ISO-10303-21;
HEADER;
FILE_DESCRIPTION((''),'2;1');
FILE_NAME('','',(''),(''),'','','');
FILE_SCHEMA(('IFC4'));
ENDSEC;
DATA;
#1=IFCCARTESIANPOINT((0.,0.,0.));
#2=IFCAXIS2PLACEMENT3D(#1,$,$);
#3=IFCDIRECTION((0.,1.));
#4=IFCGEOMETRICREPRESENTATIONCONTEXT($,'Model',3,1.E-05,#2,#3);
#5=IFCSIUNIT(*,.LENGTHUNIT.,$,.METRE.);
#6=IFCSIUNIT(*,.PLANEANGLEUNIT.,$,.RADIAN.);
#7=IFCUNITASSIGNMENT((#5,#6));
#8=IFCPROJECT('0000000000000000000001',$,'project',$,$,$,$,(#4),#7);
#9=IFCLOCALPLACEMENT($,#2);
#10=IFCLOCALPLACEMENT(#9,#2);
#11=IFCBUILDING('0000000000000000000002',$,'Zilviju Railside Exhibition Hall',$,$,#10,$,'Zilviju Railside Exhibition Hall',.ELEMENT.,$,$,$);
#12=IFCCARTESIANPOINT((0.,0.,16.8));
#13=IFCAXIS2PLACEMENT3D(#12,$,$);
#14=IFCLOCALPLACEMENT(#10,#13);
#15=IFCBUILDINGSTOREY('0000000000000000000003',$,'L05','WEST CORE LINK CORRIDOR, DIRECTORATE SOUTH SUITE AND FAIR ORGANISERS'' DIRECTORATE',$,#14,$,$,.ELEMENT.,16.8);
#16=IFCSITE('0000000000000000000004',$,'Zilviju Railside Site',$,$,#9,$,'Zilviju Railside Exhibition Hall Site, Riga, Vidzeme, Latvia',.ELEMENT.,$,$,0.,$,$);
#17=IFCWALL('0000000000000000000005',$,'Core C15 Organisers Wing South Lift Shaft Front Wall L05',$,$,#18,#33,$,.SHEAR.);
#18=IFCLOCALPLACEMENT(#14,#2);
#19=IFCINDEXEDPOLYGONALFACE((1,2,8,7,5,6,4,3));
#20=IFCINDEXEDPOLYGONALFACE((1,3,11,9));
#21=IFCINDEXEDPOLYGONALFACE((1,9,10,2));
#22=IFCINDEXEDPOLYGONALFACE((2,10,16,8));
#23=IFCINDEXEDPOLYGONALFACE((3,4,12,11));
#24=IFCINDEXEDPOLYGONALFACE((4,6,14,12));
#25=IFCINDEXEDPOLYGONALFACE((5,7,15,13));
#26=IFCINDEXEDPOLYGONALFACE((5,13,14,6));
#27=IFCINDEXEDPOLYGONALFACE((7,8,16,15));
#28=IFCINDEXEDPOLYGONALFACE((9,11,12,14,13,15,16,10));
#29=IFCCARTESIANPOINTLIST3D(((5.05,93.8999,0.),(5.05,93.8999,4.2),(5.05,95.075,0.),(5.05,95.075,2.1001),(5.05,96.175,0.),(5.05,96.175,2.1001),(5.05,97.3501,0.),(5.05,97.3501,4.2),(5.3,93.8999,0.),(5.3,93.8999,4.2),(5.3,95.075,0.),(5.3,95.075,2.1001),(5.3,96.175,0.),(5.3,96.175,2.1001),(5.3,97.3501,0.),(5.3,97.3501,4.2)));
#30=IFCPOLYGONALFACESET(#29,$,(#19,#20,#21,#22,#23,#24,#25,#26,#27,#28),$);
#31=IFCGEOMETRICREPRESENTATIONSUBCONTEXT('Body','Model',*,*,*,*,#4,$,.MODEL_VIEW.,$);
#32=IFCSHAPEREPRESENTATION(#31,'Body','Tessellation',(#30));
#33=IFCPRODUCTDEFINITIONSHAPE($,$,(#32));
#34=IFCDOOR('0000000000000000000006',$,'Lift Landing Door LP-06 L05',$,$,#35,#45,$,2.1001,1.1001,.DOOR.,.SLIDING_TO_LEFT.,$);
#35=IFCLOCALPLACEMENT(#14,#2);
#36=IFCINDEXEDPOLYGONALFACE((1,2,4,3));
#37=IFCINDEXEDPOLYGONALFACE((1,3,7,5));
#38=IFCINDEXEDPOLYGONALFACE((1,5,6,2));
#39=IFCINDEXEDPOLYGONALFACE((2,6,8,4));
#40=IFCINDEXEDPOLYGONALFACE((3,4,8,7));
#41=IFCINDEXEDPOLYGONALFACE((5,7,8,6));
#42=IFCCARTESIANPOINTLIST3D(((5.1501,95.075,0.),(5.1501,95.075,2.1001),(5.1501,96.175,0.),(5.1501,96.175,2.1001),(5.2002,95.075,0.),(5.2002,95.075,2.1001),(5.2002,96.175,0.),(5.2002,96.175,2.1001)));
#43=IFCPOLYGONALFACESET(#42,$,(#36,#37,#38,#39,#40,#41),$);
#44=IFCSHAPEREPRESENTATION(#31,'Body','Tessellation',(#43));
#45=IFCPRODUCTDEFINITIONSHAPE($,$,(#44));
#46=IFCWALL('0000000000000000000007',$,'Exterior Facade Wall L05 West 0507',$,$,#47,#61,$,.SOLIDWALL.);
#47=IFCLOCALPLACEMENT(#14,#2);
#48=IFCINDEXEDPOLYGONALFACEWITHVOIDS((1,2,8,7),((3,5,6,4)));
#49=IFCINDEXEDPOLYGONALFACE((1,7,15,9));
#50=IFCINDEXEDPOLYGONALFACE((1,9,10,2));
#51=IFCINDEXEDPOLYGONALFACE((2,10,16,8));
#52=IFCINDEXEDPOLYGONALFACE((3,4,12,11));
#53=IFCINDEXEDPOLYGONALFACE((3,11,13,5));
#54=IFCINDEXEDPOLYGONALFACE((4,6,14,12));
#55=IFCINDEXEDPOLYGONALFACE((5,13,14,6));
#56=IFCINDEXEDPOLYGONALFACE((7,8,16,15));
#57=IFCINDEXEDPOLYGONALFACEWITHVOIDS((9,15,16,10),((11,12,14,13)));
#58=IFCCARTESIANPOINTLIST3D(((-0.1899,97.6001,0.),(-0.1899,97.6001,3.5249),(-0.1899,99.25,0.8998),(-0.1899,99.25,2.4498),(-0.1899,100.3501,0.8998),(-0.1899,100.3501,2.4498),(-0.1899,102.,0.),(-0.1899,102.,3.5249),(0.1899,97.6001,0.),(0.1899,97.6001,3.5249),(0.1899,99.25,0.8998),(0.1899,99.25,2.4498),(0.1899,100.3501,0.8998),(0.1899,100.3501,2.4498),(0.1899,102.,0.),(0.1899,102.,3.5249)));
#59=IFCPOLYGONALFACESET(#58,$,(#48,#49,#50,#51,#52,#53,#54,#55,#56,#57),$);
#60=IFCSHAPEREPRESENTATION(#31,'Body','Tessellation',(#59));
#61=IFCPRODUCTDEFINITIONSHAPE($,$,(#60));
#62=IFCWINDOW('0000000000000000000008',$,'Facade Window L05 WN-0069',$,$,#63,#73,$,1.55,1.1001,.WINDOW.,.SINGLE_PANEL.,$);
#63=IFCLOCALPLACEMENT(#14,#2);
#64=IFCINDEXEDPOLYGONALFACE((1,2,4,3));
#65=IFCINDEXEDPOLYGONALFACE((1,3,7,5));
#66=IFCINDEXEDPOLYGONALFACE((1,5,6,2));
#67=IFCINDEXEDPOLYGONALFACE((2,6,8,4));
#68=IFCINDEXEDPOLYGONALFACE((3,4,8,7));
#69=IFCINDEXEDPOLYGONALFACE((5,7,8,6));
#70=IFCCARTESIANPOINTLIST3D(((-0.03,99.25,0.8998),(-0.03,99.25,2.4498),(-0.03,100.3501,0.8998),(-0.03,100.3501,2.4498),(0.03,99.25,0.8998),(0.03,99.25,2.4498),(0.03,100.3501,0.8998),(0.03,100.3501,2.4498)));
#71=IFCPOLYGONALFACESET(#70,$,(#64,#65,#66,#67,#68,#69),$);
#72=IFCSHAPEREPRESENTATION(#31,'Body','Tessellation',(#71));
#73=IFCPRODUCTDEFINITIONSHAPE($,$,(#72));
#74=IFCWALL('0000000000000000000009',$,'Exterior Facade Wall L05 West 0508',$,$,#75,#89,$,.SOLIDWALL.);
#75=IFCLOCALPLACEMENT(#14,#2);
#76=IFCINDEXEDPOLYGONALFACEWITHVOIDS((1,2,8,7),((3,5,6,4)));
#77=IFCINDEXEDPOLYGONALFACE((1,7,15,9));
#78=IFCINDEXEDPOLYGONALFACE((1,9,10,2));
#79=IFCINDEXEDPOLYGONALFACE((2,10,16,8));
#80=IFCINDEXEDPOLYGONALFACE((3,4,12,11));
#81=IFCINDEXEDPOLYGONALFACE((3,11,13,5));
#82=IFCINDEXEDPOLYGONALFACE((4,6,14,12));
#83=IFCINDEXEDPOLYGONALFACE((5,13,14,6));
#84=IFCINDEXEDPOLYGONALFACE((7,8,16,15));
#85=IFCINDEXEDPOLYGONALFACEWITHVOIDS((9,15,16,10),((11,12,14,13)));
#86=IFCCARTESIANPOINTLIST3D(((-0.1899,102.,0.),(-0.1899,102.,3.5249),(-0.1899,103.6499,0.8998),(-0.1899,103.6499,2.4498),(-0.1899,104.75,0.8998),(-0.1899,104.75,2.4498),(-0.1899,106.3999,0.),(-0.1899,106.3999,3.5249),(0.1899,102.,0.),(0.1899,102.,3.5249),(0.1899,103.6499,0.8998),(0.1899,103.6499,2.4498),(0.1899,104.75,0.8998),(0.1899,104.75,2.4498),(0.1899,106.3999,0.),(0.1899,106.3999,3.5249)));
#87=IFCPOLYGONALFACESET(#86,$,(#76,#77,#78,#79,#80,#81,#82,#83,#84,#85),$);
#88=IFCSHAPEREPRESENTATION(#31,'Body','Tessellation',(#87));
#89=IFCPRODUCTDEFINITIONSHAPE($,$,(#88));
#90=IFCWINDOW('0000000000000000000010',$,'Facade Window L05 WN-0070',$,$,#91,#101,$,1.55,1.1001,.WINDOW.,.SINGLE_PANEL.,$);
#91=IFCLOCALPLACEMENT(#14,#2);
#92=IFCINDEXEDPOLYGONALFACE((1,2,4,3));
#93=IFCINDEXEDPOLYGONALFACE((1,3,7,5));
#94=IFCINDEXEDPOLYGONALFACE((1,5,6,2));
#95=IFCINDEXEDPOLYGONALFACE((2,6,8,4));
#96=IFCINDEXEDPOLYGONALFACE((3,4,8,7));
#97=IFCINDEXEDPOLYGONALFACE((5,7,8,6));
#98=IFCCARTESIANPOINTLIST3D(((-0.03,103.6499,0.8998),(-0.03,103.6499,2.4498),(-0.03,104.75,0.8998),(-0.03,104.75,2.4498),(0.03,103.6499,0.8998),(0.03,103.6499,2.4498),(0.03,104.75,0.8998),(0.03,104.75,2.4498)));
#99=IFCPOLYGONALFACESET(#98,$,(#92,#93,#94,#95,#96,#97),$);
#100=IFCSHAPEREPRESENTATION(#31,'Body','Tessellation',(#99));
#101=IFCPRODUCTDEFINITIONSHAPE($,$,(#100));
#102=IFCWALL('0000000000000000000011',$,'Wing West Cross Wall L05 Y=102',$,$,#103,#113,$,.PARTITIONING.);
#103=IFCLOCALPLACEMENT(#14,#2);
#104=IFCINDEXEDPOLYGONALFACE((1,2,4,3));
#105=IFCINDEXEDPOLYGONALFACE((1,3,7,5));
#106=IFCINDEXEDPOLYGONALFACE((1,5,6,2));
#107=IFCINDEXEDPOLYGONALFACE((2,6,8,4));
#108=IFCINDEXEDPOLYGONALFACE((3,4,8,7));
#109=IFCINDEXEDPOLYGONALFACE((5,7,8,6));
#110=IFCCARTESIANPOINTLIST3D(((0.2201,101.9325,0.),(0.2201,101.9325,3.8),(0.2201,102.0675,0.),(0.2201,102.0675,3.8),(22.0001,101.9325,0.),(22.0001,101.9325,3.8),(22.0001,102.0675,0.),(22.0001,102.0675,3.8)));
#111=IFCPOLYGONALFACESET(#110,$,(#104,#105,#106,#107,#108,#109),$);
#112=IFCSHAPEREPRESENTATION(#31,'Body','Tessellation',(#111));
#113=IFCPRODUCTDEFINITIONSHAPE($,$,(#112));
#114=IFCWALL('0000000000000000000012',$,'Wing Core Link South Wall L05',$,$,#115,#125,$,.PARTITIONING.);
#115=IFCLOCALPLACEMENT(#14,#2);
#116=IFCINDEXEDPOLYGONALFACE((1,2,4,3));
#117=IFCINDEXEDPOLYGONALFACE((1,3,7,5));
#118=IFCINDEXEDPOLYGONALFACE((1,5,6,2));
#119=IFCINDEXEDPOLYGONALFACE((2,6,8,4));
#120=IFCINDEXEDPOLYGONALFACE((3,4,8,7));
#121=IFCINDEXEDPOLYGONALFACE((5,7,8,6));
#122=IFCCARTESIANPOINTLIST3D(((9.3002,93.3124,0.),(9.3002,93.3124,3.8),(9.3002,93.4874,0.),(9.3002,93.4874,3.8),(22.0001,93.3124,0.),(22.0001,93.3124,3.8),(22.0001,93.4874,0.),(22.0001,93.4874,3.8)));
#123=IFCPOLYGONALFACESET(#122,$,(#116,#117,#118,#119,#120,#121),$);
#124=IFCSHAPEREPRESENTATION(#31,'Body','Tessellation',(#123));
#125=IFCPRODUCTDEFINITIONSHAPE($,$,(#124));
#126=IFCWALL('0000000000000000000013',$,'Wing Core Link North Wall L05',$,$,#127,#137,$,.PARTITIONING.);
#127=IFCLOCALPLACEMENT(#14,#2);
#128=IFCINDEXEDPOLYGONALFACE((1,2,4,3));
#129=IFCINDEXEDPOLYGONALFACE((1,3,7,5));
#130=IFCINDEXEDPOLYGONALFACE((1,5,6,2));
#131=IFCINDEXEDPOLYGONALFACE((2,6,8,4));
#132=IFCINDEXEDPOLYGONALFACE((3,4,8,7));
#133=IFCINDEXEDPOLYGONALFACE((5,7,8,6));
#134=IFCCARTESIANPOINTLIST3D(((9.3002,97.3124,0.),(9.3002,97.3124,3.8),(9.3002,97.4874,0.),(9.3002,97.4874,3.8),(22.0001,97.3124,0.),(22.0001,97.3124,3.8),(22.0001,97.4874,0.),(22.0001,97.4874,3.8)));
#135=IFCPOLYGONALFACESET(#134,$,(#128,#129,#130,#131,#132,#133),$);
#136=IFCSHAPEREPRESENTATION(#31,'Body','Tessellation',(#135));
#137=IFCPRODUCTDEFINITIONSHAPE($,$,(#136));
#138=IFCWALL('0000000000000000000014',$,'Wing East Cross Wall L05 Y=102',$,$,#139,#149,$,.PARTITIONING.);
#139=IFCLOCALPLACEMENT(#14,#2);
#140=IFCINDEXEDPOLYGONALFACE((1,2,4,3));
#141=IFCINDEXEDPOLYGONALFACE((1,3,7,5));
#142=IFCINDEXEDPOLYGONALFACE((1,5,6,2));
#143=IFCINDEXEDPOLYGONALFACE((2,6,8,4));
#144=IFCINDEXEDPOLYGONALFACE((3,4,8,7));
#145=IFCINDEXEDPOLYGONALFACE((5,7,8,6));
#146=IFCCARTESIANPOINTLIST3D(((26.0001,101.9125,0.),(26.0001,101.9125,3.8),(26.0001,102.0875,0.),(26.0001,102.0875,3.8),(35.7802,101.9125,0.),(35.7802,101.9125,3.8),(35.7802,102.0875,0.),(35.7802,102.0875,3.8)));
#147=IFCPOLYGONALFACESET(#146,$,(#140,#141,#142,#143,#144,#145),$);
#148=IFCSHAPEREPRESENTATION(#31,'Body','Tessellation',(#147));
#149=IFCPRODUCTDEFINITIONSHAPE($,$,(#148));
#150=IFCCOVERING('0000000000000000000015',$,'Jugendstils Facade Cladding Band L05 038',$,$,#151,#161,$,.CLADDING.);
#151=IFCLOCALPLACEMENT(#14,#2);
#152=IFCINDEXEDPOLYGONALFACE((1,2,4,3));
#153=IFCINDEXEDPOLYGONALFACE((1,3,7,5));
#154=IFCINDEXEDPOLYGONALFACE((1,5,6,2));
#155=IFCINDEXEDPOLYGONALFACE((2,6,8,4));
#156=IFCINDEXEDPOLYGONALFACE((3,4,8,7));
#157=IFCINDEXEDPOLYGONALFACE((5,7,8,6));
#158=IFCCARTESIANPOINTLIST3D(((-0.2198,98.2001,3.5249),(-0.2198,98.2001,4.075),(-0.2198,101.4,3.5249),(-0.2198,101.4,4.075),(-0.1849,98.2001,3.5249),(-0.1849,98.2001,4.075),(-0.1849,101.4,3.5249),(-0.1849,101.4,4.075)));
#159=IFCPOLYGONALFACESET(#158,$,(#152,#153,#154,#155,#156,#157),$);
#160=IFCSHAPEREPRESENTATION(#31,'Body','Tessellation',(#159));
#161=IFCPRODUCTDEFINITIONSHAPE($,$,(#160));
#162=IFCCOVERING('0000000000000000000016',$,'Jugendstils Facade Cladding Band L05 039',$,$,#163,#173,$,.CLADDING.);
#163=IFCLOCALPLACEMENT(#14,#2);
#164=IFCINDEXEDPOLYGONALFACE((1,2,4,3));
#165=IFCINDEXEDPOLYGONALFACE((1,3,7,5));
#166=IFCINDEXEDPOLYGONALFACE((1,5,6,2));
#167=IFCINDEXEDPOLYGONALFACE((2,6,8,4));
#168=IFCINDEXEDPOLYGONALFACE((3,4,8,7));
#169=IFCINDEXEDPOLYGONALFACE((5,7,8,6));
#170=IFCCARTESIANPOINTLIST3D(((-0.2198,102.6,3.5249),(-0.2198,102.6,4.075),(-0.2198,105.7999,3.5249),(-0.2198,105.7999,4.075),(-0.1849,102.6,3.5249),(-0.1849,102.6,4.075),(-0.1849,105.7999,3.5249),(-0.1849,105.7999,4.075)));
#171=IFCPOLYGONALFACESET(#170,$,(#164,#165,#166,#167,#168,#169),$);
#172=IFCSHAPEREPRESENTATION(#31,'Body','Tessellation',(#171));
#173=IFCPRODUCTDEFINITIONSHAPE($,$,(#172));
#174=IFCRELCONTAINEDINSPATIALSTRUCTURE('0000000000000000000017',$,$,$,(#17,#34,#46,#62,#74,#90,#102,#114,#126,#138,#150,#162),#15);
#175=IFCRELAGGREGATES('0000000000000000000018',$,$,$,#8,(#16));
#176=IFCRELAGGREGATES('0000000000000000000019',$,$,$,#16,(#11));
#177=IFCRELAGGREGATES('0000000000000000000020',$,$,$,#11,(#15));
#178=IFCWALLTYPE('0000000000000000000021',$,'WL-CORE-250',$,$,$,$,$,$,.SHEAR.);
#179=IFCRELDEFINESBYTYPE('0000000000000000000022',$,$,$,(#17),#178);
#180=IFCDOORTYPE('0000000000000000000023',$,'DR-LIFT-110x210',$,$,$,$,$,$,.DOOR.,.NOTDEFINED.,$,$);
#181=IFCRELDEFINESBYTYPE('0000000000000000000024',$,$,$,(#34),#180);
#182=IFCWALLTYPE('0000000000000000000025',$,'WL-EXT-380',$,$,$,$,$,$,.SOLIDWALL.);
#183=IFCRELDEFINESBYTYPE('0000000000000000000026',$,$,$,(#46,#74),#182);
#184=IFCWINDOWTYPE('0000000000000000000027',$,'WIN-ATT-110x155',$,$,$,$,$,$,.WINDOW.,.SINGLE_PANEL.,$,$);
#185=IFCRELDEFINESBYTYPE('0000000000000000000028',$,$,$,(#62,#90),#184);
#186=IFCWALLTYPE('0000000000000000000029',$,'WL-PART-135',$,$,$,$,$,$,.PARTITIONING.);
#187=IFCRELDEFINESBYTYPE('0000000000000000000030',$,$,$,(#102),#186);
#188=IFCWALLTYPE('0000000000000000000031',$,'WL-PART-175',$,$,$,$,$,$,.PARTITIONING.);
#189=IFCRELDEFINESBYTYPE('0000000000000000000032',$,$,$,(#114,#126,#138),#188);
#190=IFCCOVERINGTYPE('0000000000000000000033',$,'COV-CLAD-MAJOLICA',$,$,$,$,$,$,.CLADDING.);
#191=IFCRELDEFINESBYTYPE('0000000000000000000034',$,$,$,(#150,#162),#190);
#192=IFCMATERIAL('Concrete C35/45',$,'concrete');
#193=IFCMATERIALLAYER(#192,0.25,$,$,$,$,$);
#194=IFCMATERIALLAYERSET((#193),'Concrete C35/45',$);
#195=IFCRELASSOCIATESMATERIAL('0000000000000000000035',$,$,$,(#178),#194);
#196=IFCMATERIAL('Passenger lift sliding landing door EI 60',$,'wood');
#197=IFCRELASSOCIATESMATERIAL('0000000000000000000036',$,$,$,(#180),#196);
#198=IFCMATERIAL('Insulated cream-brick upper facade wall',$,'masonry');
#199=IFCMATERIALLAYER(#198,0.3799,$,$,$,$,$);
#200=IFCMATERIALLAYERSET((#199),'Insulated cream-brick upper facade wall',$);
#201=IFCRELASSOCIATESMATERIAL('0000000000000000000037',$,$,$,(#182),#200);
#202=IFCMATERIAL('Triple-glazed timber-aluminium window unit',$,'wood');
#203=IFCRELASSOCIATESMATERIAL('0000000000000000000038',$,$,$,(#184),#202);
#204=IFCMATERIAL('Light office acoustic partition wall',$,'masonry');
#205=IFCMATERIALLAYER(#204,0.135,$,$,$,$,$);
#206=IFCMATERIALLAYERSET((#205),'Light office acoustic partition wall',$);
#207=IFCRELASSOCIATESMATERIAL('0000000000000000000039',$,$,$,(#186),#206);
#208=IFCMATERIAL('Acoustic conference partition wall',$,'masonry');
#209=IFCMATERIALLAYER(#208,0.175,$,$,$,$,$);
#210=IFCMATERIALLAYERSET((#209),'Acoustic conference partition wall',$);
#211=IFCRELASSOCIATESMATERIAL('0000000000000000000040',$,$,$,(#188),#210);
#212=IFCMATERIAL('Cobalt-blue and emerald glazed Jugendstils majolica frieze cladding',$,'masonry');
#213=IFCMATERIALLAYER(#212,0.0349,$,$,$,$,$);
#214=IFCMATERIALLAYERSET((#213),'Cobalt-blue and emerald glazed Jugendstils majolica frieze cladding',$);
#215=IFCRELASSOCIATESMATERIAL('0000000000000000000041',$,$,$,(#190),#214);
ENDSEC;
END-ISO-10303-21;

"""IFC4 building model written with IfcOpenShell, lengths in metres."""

from ifc_helpers import new_model, si_unit, direction, frame, frame_2d, origin, origin_2d, place, context, subcontext, project, spatial, rectangle, extrude, material, layer, layer_set, type_object, element, fill, save


model = new_model("IFC4")

# Units and contexts
model_context = context("Model", 3, precision=1e-05, world=origin(), true_north=direction((0.0, 1.0)))
body_context = subcontext(model_context, "Body", "Model", "MODEL_VIEW")
ifc_project = project(units=[si_unit("LENGTHUNIT", "METRE"), si_unit("PLANEANGLEUNIT", "RADIAN")], contexts=[model_context])

# Site, building, storey
site_placement = place(None, origin())
site = spatial("IfcSite", under=ifc_project, at=site_placement, Name="Zilviju Railside Site", LongName="Zilviju Railside Exhibition Hall Site, Riga, Vidzeme, Latvia", CompositionType="ELEMENT", RefElevation=0.0)
building_placement = place(site_placement, origin())
building = spatial("IfcBuilding", under=site, at=building_placement, Name="Zilviju Railside Exhibition Hall", LongName="Zilviju Railside Exhibition Hall", CompositionType="ELEMENT")
storey_placement = place(building_placement, frame((0.0, 0.0, 16.8)))
storey = spatial("IfcBuildingStorey", under=building, at=storey_placement, Name="L05", Description="WEST CORE LINK CORRIDOR, DIRECTORATE SOUTH SUITE AND FAIR ORGANISERS' DIRECTORATE", CompositionType="ELEMENT", Elevation=16.8)

# Shared definitions
ifc_material_1 = material(Name="Concrete C35/45", Category="concrete")

# Shared definitions
ifc_layer_1 = layer(ifc_material_1, 0.25)
ifc_layer_set_1 = layer_set([ifc_layer_1], Name="Concrete C35/45")
wall_type_1 = type_object("IfcWallType", Name="WL-CORE-250", PredefinedType="SHEAR", material=ifc_layer_set_1)

# Wall, opening, door
wall_1_placement = place(storey_placement, frame((5.175, 93.8999, 0.0), z_axis=(0.0, 0.0, 1.0), x_axis=(0.0, 1.0, 0.0)))
wall_1 = element("IfcWall", 1, at=wall_1_placement, inside=storey, type_object=wall_type_1, Name="Core C15 Organisers Wing South Lift Shaft Front Wall L05", PredefinedType="SHEAR", context=body_context, shape_type="SweptSolid", body=[
    extrude(rectangle(XDim=3.4502, YDim=0.25, at=frame_2d((1.7251, 0.0))), origin(), (0.0, 0.0, 1.0), 4.2),
])
opening_1_placement = place(wall_1_placement, frame((1.175, 0.0, 0.0)))
opening_1 = element("IfcOpeningElement", 2, at=opening_1_placement, cuts=wall_1, PredefinedType="OPENING", context=body_context, shape_type="SweptSolid", body=[
    extrude(rectangle(XDim=1.1001, YDim=2.1001, at=frame_2d((0.55, 1.05))), frame((0.0, 0.135, 0.0), z_axis=(0.0, -1.0, 0.0), x_axis=(1.0, 0.0, 0.0)), (0.0, 0.0, 1.0), 0.27),
])
ifc_material_2 = material(Name="Passenger lift sliding landing door EI 60", Category="wood")
door_type_1 = type_object("IfcDoorType", Name="DR-LIFT-110x210", OperationType="NOTDEFINED", PredefinedType="DOOR", material=ifc_material_2)
door_1_placement = place(opening_1_placement, origin())
door_1 = element("IfcDoor", 3, at=door_1_placement, inside=storey, type_object=door_type_1, Name="Lift Landing Door LP-06 L05", OperationType="SLIDING_TO_LEFT", OverallHeight=2.1001, OverallWidth=1.1001, PredefinedType="DOOR", context=body_context, shape_type="SweptSolid", body=[
    extrude(rectangle(XDim=1.1001, YDim=2.1001, at=frame_2d((0.55, 1.05))), frame((0.0, 0.0249, 0.0), z_axis=(0.0, -1.0, 0.0), x_axis=(1.0, 0.0, 0.0)), (0.0, 0.0, 1.0), 0.05),
])
fill(opening_1, door_1)

# Walls, openings, windows
ifc_material_3 = material(Name="Insulated cream-brick upper facade wall", Category="masonry")
ifc_layer_2 = layer(ifc_material_3, 0.3799)
ifc_layer_set_2 = layer_set([ifc_layer_2], Name="Insulated cream-brick upper facade wall")
wall_type_2 = type_object("IfcWallType", Name="WL-EXT-380", PredefinedType="SOLIDWALL", material=ifc_layer_set_2)
wall_2_placement = place(storey_placement, frame((0.0, 97.6001, 0.0), z_axis=(0.0, 0.0, 1.0), x_axis=(0.0, 1.0, 0.0)))
wall_2 = element("IfcWall", 4, at=wall_2_placement, inside=storey, type_object=wall_type_2, Name="Exterior Facade Wall L05 West 0507", PredefinedType="SOLIDWALL", context=body_context, shape_type="SweptSolid", body=[
    extrude(rectangle(XDim=4.3999, YDim=0.3799, at=frame_2d((2.2, 0.0))), origin(), (0.0, 0.0, 1.0), 3.5249),
])
opening_2_placement = place(wall_2_placement, frame((1.6499, 0.0, 0.8999)))
opening_2 = element("IfcOpeningElement", 5, at=opening_2_placement, cuts=wall_2, PredefinedType="OPENING", context=body_context, shape_type="SweptSolid", body=[
    extrude(rectangle(XDim=1.1001, YDim=1.55, at=frame_2d((0.55, 0.7749))), frame((0.0, 0.2, 0.0), z_axis=(0.0, -1.0, 0.0), x_axis=(1.0, 0.0, 0.0)), (0.0, 0.0, 1.0), 0.3999),
])
ifc_material_4 = material(Name="Triple-glazed timber-aluminium window unit", Category="wood")
window_type = type_object("IfcWindowType", Name="WIN-ATT-110x155", PartitioningType="SINGLE_PANEL", PredefinedType="WINDOW", material=ifc_material_4)
window_1_placement = place(opening_2_placement, origin())
window_1 = element("IfcWindow", 6, at=window_1_placement, inside=storey, type_object=window_type, Name="Facade Window L05 WN-0069", OverallHeight=1.55, OverallWidth=1.1001, PartitioningType="SINGLE_PANEL", PredefinedType="WINDOW", context=body_context, shape_type="SweptSolid", body=[
    extrude(rectangle(XDim=1.1001, YDim=1.55, at=frame_2d((0.55, 0.7749))), frame((0.0, 0.03, 0.0), z_axis=(0.0, -1.0, 0.0), x_axis=(1.0, 0.0, 0.0)), (0.0, 0.0, 1.0), 0.0601),
])
fill(opening_2, window_1)
wall_3_placement = place(storey_placement, frame((0.0, 102.0, 0.0), z_axis=(0.0, 0.0, 1.0), x_axis=(0.0, 1.0, 0.0)))
wall_3 = element("IfcWall", 7, at=wall_3_placement, inside=storey, type_object=wall_type_2, Name="Exterior Facade Wall L05 West 0508", PredefinedType="SOLIDWALL", context=body_context, shape_type="SweptSolid", body=[
    extrude(rectangle(XDim=4.3999, YDim=0.3799, at=frame_2d((2.2, 0.0))), origin(), (0.0, 0.0, 1.0), 3.5249),
])
opening_3_placement = place(wall_3_placement, frame((1.6499, 0.0, 0.8999)))
opening_3 = element("IfcOpeningElement", 8, at=opening_3_placement, cuts=wall_3, PredefinedType="OPENING", context=body_context, shape_type="SweptSolid", body=[
    extrude(rectangle(XDim=1.1001, YDim=1.55, at=frame_2d((0.55, 0.7749))), frame((0.0, 0.2, 0.0), z_axis=(0.0, -1.0, 0.0), x_axis=(1.0, 0.0, 0.0)), (0.0, 0.0, 1.0), 0.3999),
])
window_2_placement = place(opening_3_placement, origin())
window_2 = element("IfcWindow", 9, at=window_2_placement, inside=storey, type_object=window_type, Name="Facade Window L05 WN-0070", OverallHeight=1.55, OverallWidth=1.1001, PartitioningType="SINGLE_PANEL", PredefinedType="WINDOW", context=body_context, shape_type="SweptSolid", body=[
    extrude(rectangle(XDim=1.1001, YDim=1.55, at=frame_2d((0.55, 0.7749))), frame((0.0, 0.03, 0.0), z_axis=(0.0, -1.0, 0.0), x_axis=(1.0, 0.0, 0.0)), (0.0, 0.0, 1.0), 0.0601),
])
fill(opening_3, window_2)

# Walls
ifc_material_5 = material(Name="Light office acoustic partition wall", Category="masonry")
ifc_layer_3 = layer(ifc_material_5, 0.135)
ifc_layer_set_3 = layer_set([ifc_layer_3], Name="Light office acoustic partition wall")
wall_type_3 = type_object("IfcWallType", Name="WL-PART-135", PredefinedType="PARTITIONING", material=ifc_layer_set_3)
wall_4_placement = place(storey_placement, frame((0.22, 102.0, 0.0), z_axis=(0.0, 0.0, 1.0), x_axis=(1.0, 0.0, 0.0)))
element("IfcWall", 10, at=wall_4_placement, inside=storey, type_object=wall_type_3, Name="Wing West Cross Wall L05 Y=102", PredefinedType="PARTITIONING", context=body_context, shape_type="SweptSolid", body=[
    extrude(rectangle(XDim=21.78, YDim=0.135, at=frame_2d((10.8901, 0.0))), origin(), (0.0, 0.0, 1.0), 3.8),
])
ifc_material_6 = material(Name="Acoustic conference partition wall", Category="masonry")
ifc_layer_4 = layer(ifc_material_6, 0.175)
ifc_layer_set_4 = layer_set([ifc_layer_4], Name="Acoustic conference partition wall")
wall_type_4 = type_object("IfcWallType", Name="WL-PART-175", PredefinedType="PARTITIONING", material=ifc_layer_set_4)
for number, where, z_axis, x_axis, name in (
    (11, (9.3, 93.3999, 0.0), (0.0, 0.0, 1.0), (1.0, 0.0, 0.0), "Wing Core Link South Wall L05"),
    (12, (9.3, 97.3999, 0.0), (0.0, 0.0, 1.0), (1.0, 0.0, 0.0), "Wing Core Link North Wall L05"),
):
    element("IfcWall", number, at=place(storey_placement, frame(where, z_axis=z_axis, x_axis=x_axis)), inside=storey, type_object=wall_type_4, Name=name, PredefinedType="PARTITIONING", context=body_context, shape_type="SweptSolid", body=[
        extrude(rectangle(XDim=12.7, YDim=0.175, at=frame_2d((6.3501, 0.0))), origin(), (0.0, 0.0, 1.0), 3.8),
    ])
wall_5_placement = place(storey_placement, frame((26.0, 102.0, 0.0), z_axis=(0.0, 0.0, 1.0), x_axis=(1.0, 0.0, 0.0)))
element("IfcWall", 13, at=wall_5_placement, inside=storey, type_object=wall_type_4, Name="Wing East Cross Wall L05 Y=102", PredefinedType="PARTITIONING", context=body_context, shape_type="SweptSolid", body=[
    extrude(rectangle(XDim=9.78, YDim=0.175, at=frame_2d((4.8901, 0.0))), origin(), (0.0, 0.0, 1.0), 3.8),
])

# Coverings
ifc_material_7 = material(Name="Cobalt-blue and emerald glazed Jugendstils majolica frieze cladding", Category="masonry")
ifc_layer_5 = layer(ifc_material_7, 0.0349)
ifc_layer_set_5 = layer_set([ifc_layer_5], Name="Cobalt-blue and emerald glazed Jugendstils majolica frieze cladding")
covering_type = type_object("IfcCoveringType", Name="COV-CLAD-MAJOLICA", PredefinedType="CLADDING", material=ifc_layer_set_5)
for number, where, z_axis, x_axis, name in (
    (14, (-0.2024, 99.8, 3.5249), (0.0, 0.0, 1.0), (0.0, 1.0, 0.0), "Jugendstils Facade Cladding Band L05 038"),
    (15, (-0.2024, 104.2, 3.5249), (0.0, 0.0, 1.0), (0.0, 1.0, 0.0), "Jugendstils Facade Cladding Band L05 039"),
):
    element("IfcCovering", number, at=place(storey_placement, frame(where, z_axis=z_axis, x_axis=x_axis)), inside=storey, type_object=covering_type, Name=name, PredefinedType="CLADDING", context=body_context, shape_type="SweptSolid", body=[
        extrude(rectangle(XDim=3.2, YDim=0.0349, at=origin_2d()), origin(), (0.0, 0.0, 1.0), 0.55),
    ])

save(model, "model.ifc")
